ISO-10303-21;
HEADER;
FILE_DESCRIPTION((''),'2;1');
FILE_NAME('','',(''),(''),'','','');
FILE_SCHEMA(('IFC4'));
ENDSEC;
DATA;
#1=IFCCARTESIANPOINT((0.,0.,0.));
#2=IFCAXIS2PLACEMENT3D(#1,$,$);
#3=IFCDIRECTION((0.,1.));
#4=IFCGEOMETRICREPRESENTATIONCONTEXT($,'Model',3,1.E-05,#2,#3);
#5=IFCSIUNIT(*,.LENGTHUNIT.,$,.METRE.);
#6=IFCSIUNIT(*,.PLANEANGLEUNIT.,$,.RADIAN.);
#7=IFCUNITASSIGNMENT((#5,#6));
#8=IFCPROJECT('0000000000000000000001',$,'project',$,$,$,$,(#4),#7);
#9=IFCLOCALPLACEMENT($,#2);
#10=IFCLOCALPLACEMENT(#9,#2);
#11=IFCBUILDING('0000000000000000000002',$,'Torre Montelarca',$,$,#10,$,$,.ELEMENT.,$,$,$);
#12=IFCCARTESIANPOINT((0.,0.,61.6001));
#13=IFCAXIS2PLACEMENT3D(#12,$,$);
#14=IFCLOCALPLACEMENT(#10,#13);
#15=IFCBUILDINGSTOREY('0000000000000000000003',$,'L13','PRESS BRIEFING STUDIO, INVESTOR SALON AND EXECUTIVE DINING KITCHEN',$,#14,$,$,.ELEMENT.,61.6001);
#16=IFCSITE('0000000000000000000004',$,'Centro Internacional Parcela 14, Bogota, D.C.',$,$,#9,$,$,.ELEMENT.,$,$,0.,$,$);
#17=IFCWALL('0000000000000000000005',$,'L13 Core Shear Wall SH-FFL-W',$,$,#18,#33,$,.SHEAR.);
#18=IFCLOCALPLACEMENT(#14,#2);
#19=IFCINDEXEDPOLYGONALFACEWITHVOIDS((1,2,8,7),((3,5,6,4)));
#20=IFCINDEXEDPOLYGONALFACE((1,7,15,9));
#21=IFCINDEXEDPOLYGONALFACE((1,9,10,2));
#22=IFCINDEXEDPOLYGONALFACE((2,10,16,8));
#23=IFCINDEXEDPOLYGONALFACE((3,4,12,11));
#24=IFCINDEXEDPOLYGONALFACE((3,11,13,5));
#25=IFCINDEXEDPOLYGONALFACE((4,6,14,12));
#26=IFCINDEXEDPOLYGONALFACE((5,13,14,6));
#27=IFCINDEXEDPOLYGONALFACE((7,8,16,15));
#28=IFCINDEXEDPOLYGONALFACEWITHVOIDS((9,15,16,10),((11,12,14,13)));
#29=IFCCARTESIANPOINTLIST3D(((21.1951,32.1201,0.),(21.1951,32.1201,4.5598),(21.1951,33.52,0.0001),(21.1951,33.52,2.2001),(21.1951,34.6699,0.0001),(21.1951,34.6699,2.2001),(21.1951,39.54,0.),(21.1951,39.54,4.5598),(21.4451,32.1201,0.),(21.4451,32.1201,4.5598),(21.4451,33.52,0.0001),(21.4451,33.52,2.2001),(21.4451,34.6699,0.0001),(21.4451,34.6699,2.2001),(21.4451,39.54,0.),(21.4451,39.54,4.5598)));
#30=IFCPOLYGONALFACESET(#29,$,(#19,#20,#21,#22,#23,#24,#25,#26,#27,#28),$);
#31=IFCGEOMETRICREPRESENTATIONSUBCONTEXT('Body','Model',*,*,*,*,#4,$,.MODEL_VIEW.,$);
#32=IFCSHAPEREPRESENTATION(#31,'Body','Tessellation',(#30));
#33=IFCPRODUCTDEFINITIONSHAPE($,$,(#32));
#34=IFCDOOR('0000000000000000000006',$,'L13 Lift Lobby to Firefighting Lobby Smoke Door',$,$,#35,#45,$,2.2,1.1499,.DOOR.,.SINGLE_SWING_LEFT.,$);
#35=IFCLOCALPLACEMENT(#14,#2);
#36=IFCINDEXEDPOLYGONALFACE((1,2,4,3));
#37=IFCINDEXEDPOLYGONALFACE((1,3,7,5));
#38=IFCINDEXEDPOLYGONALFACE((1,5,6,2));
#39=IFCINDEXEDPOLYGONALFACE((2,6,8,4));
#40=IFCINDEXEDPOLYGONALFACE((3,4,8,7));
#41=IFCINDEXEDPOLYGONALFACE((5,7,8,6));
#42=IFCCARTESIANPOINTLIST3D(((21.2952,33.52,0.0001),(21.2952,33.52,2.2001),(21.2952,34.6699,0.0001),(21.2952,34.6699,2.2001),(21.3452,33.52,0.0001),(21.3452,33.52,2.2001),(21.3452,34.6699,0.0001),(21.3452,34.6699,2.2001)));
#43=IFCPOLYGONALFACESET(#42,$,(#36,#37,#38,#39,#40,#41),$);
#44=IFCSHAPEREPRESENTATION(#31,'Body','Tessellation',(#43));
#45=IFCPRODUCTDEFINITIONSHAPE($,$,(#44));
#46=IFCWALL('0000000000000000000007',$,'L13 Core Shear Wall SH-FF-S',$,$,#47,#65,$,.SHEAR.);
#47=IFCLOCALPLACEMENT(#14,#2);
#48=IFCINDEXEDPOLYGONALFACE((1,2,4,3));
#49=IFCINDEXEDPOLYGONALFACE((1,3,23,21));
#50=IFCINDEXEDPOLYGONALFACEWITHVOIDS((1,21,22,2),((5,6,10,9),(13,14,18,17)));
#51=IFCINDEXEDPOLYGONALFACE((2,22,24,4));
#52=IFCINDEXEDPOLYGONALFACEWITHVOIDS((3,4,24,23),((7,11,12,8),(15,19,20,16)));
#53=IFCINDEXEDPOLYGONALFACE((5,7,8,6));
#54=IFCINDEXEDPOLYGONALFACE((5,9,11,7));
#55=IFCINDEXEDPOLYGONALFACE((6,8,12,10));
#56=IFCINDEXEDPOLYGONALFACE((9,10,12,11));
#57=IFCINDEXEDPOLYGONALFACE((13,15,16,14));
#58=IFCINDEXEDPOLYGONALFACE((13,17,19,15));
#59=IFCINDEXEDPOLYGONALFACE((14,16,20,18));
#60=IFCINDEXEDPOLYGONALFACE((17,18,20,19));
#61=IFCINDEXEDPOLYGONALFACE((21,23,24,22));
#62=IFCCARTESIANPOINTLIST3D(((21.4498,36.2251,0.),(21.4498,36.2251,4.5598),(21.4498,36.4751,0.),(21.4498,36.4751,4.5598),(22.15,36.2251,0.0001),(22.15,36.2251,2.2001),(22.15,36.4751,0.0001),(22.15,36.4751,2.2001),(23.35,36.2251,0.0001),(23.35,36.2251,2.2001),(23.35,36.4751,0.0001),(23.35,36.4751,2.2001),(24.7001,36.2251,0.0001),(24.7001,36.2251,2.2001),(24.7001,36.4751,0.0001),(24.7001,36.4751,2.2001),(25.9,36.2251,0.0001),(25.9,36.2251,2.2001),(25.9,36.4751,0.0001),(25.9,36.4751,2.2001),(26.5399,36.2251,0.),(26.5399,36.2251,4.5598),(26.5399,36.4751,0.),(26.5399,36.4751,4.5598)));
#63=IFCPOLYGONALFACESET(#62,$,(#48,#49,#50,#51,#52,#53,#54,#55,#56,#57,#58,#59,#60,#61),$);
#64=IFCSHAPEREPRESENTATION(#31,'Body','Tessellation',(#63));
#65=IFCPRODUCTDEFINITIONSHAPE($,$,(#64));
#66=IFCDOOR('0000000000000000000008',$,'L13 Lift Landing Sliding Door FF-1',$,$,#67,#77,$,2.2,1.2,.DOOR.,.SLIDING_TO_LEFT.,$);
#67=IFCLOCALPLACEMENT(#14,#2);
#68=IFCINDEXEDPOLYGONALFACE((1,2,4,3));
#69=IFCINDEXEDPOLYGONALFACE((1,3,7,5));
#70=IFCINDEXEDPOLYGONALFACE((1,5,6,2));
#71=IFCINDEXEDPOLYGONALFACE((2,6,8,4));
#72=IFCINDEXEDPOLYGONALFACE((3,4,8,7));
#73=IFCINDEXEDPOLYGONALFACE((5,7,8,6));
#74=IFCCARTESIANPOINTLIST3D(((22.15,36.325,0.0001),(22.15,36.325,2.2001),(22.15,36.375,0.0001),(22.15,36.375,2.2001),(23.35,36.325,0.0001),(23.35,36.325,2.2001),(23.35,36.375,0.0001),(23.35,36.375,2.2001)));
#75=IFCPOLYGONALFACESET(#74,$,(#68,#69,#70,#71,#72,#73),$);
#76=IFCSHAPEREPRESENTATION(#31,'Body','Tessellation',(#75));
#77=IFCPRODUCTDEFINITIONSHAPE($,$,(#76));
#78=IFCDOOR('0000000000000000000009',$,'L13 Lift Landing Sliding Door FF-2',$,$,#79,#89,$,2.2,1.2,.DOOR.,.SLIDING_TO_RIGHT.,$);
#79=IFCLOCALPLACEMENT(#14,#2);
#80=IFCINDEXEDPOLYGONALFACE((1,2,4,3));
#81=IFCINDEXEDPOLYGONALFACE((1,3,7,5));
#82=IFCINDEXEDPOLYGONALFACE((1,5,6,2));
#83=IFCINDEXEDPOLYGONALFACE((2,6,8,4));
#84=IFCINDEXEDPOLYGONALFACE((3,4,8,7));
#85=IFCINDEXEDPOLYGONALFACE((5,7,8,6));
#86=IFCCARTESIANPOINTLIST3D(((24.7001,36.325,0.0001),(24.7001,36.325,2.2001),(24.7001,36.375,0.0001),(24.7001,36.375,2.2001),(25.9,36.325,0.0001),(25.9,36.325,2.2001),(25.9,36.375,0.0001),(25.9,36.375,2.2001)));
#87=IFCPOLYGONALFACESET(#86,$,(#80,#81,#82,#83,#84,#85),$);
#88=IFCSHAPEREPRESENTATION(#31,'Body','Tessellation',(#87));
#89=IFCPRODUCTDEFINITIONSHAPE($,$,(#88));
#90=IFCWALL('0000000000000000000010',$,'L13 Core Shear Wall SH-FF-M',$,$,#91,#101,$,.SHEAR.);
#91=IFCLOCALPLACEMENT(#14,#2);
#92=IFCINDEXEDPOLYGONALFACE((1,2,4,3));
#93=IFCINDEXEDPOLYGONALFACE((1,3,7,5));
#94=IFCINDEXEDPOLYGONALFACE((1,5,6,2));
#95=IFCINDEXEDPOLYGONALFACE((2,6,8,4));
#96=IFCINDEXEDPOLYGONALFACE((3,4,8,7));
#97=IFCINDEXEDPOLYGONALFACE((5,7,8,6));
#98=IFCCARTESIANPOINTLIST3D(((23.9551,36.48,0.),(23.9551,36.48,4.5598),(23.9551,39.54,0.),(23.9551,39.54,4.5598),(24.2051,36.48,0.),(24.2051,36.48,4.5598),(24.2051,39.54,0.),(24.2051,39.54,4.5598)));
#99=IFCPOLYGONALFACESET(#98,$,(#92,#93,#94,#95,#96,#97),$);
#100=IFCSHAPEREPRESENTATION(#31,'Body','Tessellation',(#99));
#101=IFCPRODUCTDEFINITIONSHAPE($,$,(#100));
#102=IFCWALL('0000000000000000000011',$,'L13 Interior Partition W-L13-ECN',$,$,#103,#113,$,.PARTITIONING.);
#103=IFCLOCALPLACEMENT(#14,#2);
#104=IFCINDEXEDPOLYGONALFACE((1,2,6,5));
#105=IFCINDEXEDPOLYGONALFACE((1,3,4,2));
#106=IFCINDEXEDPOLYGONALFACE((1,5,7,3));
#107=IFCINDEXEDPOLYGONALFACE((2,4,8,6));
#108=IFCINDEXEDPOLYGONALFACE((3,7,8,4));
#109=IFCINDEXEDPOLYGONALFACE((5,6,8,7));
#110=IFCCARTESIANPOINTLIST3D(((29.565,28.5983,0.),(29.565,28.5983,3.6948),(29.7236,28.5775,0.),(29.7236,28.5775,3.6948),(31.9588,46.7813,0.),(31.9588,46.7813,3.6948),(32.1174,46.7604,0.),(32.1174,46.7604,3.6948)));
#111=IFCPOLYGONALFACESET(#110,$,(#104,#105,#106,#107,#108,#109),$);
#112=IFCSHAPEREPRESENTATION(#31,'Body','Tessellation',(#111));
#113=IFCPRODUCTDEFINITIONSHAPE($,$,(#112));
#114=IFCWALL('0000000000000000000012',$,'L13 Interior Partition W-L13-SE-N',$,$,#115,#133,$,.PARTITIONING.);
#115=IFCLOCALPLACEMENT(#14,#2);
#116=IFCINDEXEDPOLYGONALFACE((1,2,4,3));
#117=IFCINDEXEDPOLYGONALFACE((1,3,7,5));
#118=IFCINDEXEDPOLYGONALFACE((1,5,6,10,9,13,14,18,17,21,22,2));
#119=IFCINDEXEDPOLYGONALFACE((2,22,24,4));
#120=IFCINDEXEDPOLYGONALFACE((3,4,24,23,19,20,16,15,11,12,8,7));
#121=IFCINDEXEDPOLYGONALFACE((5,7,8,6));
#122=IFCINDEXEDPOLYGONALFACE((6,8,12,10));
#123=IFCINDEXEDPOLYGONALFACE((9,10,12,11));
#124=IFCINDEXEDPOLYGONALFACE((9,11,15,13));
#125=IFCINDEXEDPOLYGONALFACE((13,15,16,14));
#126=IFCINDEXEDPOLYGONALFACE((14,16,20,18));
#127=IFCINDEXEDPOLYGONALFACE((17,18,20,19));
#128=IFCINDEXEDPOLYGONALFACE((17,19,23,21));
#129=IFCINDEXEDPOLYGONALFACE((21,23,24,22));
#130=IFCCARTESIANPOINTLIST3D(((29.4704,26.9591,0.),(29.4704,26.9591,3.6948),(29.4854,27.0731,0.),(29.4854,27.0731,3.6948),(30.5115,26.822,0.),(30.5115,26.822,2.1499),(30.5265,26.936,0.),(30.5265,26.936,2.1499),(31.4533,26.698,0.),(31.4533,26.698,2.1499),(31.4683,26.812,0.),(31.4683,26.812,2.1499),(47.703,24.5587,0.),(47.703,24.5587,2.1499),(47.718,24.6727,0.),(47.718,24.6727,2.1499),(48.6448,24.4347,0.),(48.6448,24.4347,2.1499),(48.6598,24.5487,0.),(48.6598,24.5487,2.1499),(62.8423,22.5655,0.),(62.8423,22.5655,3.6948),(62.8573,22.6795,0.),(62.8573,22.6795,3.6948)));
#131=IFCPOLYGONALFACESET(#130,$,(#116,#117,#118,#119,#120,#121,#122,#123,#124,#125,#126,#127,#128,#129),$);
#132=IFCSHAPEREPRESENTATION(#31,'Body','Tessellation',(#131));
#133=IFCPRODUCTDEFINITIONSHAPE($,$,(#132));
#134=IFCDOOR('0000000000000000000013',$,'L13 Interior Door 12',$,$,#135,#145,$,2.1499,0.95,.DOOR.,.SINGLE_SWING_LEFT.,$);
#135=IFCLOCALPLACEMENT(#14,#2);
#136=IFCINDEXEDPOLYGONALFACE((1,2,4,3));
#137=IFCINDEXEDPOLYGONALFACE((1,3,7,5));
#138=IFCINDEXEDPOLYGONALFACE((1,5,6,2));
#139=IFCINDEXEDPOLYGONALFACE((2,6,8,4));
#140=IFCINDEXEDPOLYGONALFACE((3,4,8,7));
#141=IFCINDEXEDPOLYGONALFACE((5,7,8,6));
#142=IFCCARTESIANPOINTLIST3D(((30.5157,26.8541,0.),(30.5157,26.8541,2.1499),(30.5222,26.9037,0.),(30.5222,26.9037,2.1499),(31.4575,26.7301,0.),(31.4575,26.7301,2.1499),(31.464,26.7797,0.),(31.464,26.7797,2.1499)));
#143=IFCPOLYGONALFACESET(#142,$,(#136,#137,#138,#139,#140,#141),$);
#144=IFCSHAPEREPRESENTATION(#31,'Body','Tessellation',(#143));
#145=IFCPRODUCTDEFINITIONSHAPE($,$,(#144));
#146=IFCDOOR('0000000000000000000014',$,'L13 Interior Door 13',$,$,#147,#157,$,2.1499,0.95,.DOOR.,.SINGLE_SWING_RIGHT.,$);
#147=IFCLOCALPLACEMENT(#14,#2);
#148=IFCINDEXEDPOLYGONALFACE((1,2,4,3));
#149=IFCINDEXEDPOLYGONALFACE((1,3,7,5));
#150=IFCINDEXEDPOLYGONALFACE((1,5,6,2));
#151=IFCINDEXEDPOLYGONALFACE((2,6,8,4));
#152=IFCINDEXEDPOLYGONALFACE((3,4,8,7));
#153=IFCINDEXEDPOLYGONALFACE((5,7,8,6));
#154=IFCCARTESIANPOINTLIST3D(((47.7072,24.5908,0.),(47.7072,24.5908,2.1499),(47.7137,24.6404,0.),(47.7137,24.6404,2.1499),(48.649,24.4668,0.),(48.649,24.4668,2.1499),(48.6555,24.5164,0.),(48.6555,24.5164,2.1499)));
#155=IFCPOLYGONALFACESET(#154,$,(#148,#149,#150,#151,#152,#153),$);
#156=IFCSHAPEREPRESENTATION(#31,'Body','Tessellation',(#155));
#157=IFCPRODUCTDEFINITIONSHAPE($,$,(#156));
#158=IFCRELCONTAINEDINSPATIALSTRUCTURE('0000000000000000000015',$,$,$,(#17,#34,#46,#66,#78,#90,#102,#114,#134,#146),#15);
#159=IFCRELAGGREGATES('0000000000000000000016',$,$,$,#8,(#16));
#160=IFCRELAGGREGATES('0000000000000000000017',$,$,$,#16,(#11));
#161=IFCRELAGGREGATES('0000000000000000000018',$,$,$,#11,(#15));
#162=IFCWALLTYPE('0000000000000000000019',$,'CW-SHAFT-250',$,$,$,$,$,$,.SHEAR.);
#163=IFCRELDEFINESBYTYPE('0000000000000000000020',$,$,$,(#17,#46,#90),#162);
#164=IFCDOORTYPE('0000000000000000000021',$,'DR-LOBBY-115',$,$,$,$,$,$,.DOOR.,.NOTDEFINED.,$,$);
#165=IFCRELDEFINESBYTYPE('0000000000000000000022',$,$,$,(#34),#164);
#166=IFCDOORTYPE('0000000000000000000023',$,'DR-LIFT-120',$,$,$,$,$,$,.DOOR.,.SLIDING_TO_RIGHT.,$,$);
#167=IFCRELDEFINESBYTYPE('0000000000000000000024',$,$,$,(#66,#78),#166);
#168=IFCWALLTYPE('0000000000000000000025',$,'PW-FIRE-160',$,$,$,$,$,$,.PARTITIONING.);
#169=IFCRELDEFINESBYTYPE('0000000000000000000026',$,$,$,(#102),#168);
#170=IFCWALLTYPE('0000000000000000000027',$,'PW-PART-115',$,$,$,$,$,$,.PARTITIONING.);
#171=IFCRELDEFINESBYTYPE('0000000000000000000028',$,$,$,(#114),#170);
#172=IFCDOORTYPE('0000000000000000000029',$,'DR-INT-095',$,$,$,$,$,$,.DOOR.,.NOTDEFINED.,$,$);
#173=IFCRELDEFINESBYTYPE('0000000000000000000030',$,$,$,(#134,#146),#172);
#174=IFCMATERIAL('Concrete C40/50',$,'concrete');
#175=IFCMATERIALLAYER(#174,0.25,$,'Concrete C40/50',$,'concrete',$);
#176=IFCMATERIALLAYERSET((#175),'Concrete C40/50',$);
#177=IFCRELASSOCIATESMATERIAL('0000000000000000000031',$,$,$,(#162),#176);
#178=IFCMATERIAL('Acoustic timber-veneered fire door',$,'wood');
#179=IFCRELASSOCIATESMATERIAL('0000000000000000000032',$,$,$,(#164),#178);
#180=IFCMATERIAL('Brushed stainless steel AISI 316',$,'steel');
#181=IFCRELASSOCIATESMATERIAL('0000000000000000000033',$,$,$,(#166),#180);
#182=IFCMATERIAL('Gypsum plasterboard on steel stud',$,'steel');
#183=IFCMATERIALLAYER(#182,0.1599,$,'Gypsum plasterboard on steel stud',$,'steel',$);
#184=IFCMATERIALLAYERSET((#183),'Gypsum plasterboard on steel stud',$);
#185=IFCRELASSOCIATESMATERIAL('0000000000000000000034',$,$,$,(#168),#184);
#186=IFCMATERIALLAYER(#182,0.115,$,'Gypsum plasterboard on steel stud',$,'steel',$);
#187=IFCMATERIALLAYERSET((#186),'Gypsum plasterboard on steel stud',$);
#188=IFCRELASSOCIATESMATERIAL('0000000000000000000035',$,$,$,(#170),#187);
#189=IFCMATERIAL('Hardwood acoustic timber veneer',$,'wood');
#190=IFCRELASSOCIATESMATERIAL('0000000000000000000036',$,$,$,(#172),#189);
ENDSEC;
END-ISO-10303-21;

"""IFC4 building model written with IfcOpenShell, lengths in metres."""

from ifc_helpers import new_model, si_unit, direction, frame, frame_2d, origin, place, context, subcontext, project, spatial, rectangle, extrude, source, transform, mapped, material, layer, layer_set, type_object, element, fill, save


model = new_model("IFC4")

# Units and contexts
model_context = context("Model", 3, precision=1e-05, world=origin(), true_north=direction((0.0, 1.0)))
body_context = subcontext(model_context, "Body", "Model", "MODEL_VIEW")
ifc_project = project(units=[si_unit("LENGTHUNIT", "METRE"), si_unit("PLANEANGLEUNIT", "RADIAN")], contexts=[model_context])

# Site, building, storey
site_placement = place(None, origin())
site = spatial("IfcSite", under=ifc_project, at=site_placement, Name="Centro Internacional Parcela 14, Bogota, D.C.", CompositionType="ELEMENT", RefElevation=0.0)
building_placement = place(site_placement, origin())
building = spatial("IfcBuilding", under=site, at=building_placement, Name="Torre Montelarca", CompositionType="ELEMENT")
storey_placement = place(building_placement, frame((0.0, 0.0, 61.6001)))
storey = spatial("IfcBuildingStorey", under=building, at=storey_placement, Name="L13", Description="PRESS BRIEFING STUDIO, INVESTOR SALON AND EXECUTIVE DINING KITCHEN", CompositionType="ELEMENT", Elevation=61.6001)

# Wall, opening, door
ifc_material_1 = material(Name="Concrete C40/50", Category="concrete")
ifc_layer_1 = layer(ifc_material_1, 0.25, Name="Concrete C40/50", Category="concrete")
ifc_layer_set_1 = layer_set([ifc_layer_1], Name="Concrete C40/50")
wall_type_1 = type_object("IfcWallType", Name="CW-SHAFT-250", PredefinedType="SHEAR", material=ifc_layer_set_1)
wall_1_placement = place(storey_placement, frame((21.3201, 32.1201, 0.0), z_axis=(0.0, 0.0, 1.0), x_axis=(0.0, 1.0, 0.0)))
wall_1 = element("IfcWall", 1, at=wall_1_placement, inside=storey, type_object=wall_type_1, Name="L13 Core Shear Wall SH-FFL-W", PredefinedType="SHEAR", context=body_context, shape_type="SweptSolid", body=[
    extrude(rectangle(XDim=7.4199, YDim=0.25, at=frame_2d((3.71, 0.0))), origin(), (0.0, 0.0, 1.0), 4.5598),
])
opening_1_placement = place(wall_1_placement, frame((1.3999, 0.0, 0.0)))
opening_1 = element("IfcOpeningElement", 2, at=opening_1_placement, cuts=wall_1, PredefinedType="OPENING", context=body_context, shape_type="SweptSolid", body=[
    extrude(rectangle(XDim=1.1499, YDim=2.2, at=frame_2d((0.575, 1.1001))), frame((0.0, 0.135, 0.0), z_axis=(0.0, -1.0, 0.0), x_axis=(1.0, 0.0, 0.0)), (0.0, 0.0, 1.0), 0.27),
])
ifc_material_2 = material(Name="Acoustic timber-veneered fire door", Category="wood")
door_type_1 = type_object("IfcDoorType", Name="DR-LOBBY-115", OperationType="NOTDEFINED", PredefinedType="DOOR", material=ifc_material_2)
shared_shape_1 = source(origin(), body_context, "Body", "SweptSolid", [
    extrude(rectangle(XDim=1.1499, YDim=2.2, at=frame_2d((0.575, 1.1001))), frame((0.0, 0.0249, 0.0), z_axis=(0.0, -1.0, 0.0), x_axis=(1.0, 0.0, 0.0)), (0.0, 0.0, 1.0), 0.05),
])
door_1_placement = place(opening_1_placement, origin())
door_1 = element("IfcDoor", 3, at=door_1_placement, inside=storey, type_object=door_type_1, Name="L13 Lift Lobby to Firefighting Lobby Smoke Door", OperationType="SINGLE_SWING_LEFT", OverallHeight=2.2, OverallWidth=1.1499, PredefinedType="DOOR", context=body_context, shape_type="MappedRepresentation", body=[
    mapped(shared_shape_1, transform((0.0, 0.0, 0.0), scale=1.0)),
])
fill(opening_1, door_1)

# Wall, openings, doors
wall_2_placement = place(storey_placement, frame((21.45, 36.3501, 0.0), z_axis=(0.0, 0.0, 1.0), x_axis=(1.0, 0.0, 0.0)))
wall_2 = element("IfcWall", 4, at=wall_2_placement, inside=storey, type_object=wall_type_1, Name="L13 Core Shear Wall SH-FF-S", PredefinedType="SHEAR", context=body_context, shape_type="SweptSolid", body=[
    extrude(rectangle(XDim=5.0901, YDim=0.25, at=frame_2d((2.5449, 0.0))), origin(), (0.0, 0.0, 1.0), 4.5598),
])
opening_2_placement = place(wall_2_placement, frame((0.7, 0.0, 0.0)))
opening_2 = element("IfcOpeningElement", 5, at=opening_2_placement, cuts=wall_2, PredefinedType="OPENING", context=body_context, shape_type="SweptSolid", body=[
    extrude(rectangle(XDim=1.2, YDim=2.2, at=frame_2d((0.6001, 1.1001))), frame((0.0, 0.135, 0.0), z_axis=(0.0, -1.0, 0.0), x_axis=(1.0, 0.0, 0.0)), (0.0, 0.0, 1.0), 0.27),
])
opening_3_placement = place(wall_2_placement, frame((3.25, 0.0, 0.0)))
opening_3 = element("IfcOpeningElement", 6, at=opening_3_placement, cuts=wall_2, PredefinedType="OPENING", context=body_context, shape_type="SweptSolid", body=[
    extrude(rectangle(XDim=1.2, YDim=2.2, at=frame_2d((0.6001, 1.1001))), frame((0.0, 0.135, 0.0), z_axis=(0.0, -1.0, 0.0), x_axis=(1.0, 0.0, 0.0)), (0.0, 0.0, 1.0), 0.27),
])
ifc_material_3 = material(Name="Brushed stainless steel AISI 316", Category="steel")
door_type_2 = type_object("IfcDoorType", Name="DR-LIFT-120", OperationType="SLIDING_TO_RIGHT", PredefinedType="DOOR", material=ifc_material_3)
shared_shape_2 = source(origin(), body_context, "Body", "SweptSolid", [
    extrude(rectangle(XDim=1.2, YDim=2.2, at=frame_2d((0.6001, 1.1001))), frame((0.0, 0.0249, 0.0), z_axis=(0.0, -1.0, 0.0), x_axis=(1.0, 0.0, 0.0)), (0.0, 0.0, 1.0), 0.05),
])
door_2_placement = place(opening_2_placement, origin())
door_2 = element("IfcDoor", 7, at=door_2_placement, inside=storey, type_object=door_type_2, Name="L13 Lift Landing Sliding Door FF-1", OperationType="SLIDING_TO_LEFT", OverallHeight=2.2, OverallWidth=1.2, PredefinedType="DOOR", context=body_context, shape_type="MappedRepresentation", body=[
    mapped(shared_shape_2, transform((0.0, 0.0, 0.0), scale=1.0)),
])
fill(opening_2, door_2)
door_3_placement = place(opening_3_placement, origin())
door_3 = element("IfcDoor", 8, at=door_3_placement, inside=storey, type_object=door_type_2, Name="L13 Lift Landing Sliding Door FF-2", OperationType="SLIDING_TO_RIGHT", OverallHeight=2.2, OverallWidth=1.2, PredefinedType="DOOR", context=body_context, shape_type="MappedRepresentation", body=[
    mapped(shared_shape_2, transform((0.0, 0.0, 0.0), scale=1.0)),
])
fill(opening_3, door_3)

# Walls
wall_3_placement = place(storey_placement, frame((24.0801, 36.48, 0.0), z_axis=(0.0, 0.0, 1.0), x_axis=(0.0, 1.0, 0.0)))
element("IfcWall", 9, at=wall_3_placement, inside=storey, type_object=wall_type_1, Name="L13 Core Shear Wall SH-FF-M", PredefinedType="SHEAR", context=body_context, shape_type="SweptSolid", body=[
    extrude(rectangle(XDim=3.0601, YDim=0.25, at=frame_2d((1.53, 0.0))), origin(), (0.0, 0.0, 1.0), 4.5598),
])
ifc_material_4 = material(Name="Gypsum plasterboard on steel stud", Category="steel")
ifc_layer_2 = layer(ifc_material_4, 0.1599, Name="Gypsum plasterboard on steel stud", Category="steel")
ifc_layer_set_2 = layer_set([ifc_layer_2], Name="Gypsum plasterboard on steel stud")
wall_type_2 = type_object("IfcWallType", Name="PW-FIRE-160", PredefinedType="PARTITIONING", material=ifc_layer_set_2)
wall_4_placement = place(storey_placement, frame((29.6443, 28.5879, 0.0), z_axis=(0.0, 0.0, 1.0), x_axis=(0.130525, 0.991445, 0.0)))
element("IfcWall", 10, at=wall_4_placement, inside=storey, type_object=wall_type_2, Name="L13 Interior Partition W-L13-ECN", PredefinedType="PARTITIONING", context=body_context, shape_type="SweptSolid", body=[
    extrude(rectangle(XDim=18.3398, YDim=0.1599, at=frame_2d((9.1699, 0.0))), origin(), (0.0, 0.0, 1.0), 3.6948),
])

# Wall, openings, doors
ifc_layer_3 = layer(ifc_material_4, 0.115, Name="Gypsum plasterboard on steel stud", Category="steel")
ifc_layer_set_3 = layer_set([ifc_layer_3], Name="Gypsum plasterboard on steel stud")
wall_type_3 = type_object("IfcWallType", Name="PW-PART-115", PredefinedType="PARTITIONING", material=ifc_layer_set_3)
wall_5_placement = place(storey_placement, frame((29.4778, 27.0161, 0.0), z_axis=(0.0, 0.0, 1.0), x_axis=(0.991445, -0.130528, 0.0)))
wall_5 = element("IfcWall", 11, at=wall_5_placement, inside=storey, type_object=wall_type_3, Name="L13 Interior Partition W-L13-SE-N", PredefinedType="PARTITIONING", context=body_context, shape_type="SweptSolid", body=[
    extrude(rectangle(XDim=33.6599, YDim=0.115, at=frame_2d((16.8301, 0.0))), origin(), (0.0, 0.0, 1.0), 3.6948),
])
opening_4_placement = place(wall_5_placement, frame((1.05, 0.0, 0.0)))
opening_4 = element("IfcOpeningElement", 12, at=opening_4_placement, cuts=wall_5, PredefinedType="OPENING", context=body_context, shape_type="SweptSolid", body=[
    extrude(rectangle(XDim=0.95, YDim=2.1499, at=frame_2d((0.4751, 1.075))), frame((0.0, 0.0674, 0.0), z_axis=(0.0, -1.0, 0.0), x_axis=(1.0, 0.0, 0.0)), (0.0, 0.0, 1.0), 0.135),
])
opening_5_placement = place(wall_5_placement, frame((18.3899, 0.0, 0.0)))
opening_5 = element("IfcOpeningElement", 13, at=opening_5_placement, cuts=wall_5, PredefinedType="OPENING", context=body_context, shape_type="SweptSolid", body=[
    extrude(rectangle(XDim=0.95, YDim=2.1499, at=frame_2d((0.4751, 1.075))), frame((0.0, 0.0674, 0.0), z_axis=(0.0, -1.0, 0.0), x_axis=(1.0, 0.0, 0.0)), (0.0, 0.0, 1.0), 0.135),
])
ifc_material_5 = material(Name="Hardwood acoustic timber veneer", Category="wood")
door_type_3 = type_object("IfcDoorType", Name="DR-INT-095", OperationType="NOTDEFINED", PredefinedType="DOOR", material=ifc_material_5)
shared_shape_3 = source(origin(), body_context, "Body", "SweptSolid", [
    extrude(rectangle(XDim=0.95, YDim=2.1499, at=frame_2d((0.4751, 1.075))), frame((0.0, 0.0249, 0.0), z_axis=(0.0, -1.0, 0.0), x_axis=(1.0, 0.0, 0.0)), (0.0, 0.0, 1.0), 0.05),
])
door_4_placement = place(opening_4_placement, origin())
door_4 = element("IfcDoor", 14, at=door_4_placement, inside=storey, type_object=door_type_3, Name="L13 Interior Door 12", OperationType="SINGLE_SWING_LEFT", OverallHeight=2.1499, OverallWidth=0.95, PredefinedType="DOOR", context=body_context, shape_type="MappedRepresentation", body=[
    mapped(shared_shape_3, transform((0.0, 0.0, 0.0), scale=1.0)),
])
fill(opening_4, door_4)
door_5_placement = place(opening_5_placement, origin())
door_5 = element("IfcDoor", 15, at=door_5_placement, inside=storey, type_object=door_type_3, Name="L13 Interior Door 13", OperationType="SINGLE_SWING_RIGHT", OverallHeight=2.1499, OverallWidth=0.95, PredefinedType="DOOR", context=body_context, shape_type="MappedRepresentation", body=[
    mapped(shared_shape_3, transform((0.0, 0.0, 0.0), scale=1.0)),
])
fill(opening_5, door_5)

save(model, "model.ifc")
